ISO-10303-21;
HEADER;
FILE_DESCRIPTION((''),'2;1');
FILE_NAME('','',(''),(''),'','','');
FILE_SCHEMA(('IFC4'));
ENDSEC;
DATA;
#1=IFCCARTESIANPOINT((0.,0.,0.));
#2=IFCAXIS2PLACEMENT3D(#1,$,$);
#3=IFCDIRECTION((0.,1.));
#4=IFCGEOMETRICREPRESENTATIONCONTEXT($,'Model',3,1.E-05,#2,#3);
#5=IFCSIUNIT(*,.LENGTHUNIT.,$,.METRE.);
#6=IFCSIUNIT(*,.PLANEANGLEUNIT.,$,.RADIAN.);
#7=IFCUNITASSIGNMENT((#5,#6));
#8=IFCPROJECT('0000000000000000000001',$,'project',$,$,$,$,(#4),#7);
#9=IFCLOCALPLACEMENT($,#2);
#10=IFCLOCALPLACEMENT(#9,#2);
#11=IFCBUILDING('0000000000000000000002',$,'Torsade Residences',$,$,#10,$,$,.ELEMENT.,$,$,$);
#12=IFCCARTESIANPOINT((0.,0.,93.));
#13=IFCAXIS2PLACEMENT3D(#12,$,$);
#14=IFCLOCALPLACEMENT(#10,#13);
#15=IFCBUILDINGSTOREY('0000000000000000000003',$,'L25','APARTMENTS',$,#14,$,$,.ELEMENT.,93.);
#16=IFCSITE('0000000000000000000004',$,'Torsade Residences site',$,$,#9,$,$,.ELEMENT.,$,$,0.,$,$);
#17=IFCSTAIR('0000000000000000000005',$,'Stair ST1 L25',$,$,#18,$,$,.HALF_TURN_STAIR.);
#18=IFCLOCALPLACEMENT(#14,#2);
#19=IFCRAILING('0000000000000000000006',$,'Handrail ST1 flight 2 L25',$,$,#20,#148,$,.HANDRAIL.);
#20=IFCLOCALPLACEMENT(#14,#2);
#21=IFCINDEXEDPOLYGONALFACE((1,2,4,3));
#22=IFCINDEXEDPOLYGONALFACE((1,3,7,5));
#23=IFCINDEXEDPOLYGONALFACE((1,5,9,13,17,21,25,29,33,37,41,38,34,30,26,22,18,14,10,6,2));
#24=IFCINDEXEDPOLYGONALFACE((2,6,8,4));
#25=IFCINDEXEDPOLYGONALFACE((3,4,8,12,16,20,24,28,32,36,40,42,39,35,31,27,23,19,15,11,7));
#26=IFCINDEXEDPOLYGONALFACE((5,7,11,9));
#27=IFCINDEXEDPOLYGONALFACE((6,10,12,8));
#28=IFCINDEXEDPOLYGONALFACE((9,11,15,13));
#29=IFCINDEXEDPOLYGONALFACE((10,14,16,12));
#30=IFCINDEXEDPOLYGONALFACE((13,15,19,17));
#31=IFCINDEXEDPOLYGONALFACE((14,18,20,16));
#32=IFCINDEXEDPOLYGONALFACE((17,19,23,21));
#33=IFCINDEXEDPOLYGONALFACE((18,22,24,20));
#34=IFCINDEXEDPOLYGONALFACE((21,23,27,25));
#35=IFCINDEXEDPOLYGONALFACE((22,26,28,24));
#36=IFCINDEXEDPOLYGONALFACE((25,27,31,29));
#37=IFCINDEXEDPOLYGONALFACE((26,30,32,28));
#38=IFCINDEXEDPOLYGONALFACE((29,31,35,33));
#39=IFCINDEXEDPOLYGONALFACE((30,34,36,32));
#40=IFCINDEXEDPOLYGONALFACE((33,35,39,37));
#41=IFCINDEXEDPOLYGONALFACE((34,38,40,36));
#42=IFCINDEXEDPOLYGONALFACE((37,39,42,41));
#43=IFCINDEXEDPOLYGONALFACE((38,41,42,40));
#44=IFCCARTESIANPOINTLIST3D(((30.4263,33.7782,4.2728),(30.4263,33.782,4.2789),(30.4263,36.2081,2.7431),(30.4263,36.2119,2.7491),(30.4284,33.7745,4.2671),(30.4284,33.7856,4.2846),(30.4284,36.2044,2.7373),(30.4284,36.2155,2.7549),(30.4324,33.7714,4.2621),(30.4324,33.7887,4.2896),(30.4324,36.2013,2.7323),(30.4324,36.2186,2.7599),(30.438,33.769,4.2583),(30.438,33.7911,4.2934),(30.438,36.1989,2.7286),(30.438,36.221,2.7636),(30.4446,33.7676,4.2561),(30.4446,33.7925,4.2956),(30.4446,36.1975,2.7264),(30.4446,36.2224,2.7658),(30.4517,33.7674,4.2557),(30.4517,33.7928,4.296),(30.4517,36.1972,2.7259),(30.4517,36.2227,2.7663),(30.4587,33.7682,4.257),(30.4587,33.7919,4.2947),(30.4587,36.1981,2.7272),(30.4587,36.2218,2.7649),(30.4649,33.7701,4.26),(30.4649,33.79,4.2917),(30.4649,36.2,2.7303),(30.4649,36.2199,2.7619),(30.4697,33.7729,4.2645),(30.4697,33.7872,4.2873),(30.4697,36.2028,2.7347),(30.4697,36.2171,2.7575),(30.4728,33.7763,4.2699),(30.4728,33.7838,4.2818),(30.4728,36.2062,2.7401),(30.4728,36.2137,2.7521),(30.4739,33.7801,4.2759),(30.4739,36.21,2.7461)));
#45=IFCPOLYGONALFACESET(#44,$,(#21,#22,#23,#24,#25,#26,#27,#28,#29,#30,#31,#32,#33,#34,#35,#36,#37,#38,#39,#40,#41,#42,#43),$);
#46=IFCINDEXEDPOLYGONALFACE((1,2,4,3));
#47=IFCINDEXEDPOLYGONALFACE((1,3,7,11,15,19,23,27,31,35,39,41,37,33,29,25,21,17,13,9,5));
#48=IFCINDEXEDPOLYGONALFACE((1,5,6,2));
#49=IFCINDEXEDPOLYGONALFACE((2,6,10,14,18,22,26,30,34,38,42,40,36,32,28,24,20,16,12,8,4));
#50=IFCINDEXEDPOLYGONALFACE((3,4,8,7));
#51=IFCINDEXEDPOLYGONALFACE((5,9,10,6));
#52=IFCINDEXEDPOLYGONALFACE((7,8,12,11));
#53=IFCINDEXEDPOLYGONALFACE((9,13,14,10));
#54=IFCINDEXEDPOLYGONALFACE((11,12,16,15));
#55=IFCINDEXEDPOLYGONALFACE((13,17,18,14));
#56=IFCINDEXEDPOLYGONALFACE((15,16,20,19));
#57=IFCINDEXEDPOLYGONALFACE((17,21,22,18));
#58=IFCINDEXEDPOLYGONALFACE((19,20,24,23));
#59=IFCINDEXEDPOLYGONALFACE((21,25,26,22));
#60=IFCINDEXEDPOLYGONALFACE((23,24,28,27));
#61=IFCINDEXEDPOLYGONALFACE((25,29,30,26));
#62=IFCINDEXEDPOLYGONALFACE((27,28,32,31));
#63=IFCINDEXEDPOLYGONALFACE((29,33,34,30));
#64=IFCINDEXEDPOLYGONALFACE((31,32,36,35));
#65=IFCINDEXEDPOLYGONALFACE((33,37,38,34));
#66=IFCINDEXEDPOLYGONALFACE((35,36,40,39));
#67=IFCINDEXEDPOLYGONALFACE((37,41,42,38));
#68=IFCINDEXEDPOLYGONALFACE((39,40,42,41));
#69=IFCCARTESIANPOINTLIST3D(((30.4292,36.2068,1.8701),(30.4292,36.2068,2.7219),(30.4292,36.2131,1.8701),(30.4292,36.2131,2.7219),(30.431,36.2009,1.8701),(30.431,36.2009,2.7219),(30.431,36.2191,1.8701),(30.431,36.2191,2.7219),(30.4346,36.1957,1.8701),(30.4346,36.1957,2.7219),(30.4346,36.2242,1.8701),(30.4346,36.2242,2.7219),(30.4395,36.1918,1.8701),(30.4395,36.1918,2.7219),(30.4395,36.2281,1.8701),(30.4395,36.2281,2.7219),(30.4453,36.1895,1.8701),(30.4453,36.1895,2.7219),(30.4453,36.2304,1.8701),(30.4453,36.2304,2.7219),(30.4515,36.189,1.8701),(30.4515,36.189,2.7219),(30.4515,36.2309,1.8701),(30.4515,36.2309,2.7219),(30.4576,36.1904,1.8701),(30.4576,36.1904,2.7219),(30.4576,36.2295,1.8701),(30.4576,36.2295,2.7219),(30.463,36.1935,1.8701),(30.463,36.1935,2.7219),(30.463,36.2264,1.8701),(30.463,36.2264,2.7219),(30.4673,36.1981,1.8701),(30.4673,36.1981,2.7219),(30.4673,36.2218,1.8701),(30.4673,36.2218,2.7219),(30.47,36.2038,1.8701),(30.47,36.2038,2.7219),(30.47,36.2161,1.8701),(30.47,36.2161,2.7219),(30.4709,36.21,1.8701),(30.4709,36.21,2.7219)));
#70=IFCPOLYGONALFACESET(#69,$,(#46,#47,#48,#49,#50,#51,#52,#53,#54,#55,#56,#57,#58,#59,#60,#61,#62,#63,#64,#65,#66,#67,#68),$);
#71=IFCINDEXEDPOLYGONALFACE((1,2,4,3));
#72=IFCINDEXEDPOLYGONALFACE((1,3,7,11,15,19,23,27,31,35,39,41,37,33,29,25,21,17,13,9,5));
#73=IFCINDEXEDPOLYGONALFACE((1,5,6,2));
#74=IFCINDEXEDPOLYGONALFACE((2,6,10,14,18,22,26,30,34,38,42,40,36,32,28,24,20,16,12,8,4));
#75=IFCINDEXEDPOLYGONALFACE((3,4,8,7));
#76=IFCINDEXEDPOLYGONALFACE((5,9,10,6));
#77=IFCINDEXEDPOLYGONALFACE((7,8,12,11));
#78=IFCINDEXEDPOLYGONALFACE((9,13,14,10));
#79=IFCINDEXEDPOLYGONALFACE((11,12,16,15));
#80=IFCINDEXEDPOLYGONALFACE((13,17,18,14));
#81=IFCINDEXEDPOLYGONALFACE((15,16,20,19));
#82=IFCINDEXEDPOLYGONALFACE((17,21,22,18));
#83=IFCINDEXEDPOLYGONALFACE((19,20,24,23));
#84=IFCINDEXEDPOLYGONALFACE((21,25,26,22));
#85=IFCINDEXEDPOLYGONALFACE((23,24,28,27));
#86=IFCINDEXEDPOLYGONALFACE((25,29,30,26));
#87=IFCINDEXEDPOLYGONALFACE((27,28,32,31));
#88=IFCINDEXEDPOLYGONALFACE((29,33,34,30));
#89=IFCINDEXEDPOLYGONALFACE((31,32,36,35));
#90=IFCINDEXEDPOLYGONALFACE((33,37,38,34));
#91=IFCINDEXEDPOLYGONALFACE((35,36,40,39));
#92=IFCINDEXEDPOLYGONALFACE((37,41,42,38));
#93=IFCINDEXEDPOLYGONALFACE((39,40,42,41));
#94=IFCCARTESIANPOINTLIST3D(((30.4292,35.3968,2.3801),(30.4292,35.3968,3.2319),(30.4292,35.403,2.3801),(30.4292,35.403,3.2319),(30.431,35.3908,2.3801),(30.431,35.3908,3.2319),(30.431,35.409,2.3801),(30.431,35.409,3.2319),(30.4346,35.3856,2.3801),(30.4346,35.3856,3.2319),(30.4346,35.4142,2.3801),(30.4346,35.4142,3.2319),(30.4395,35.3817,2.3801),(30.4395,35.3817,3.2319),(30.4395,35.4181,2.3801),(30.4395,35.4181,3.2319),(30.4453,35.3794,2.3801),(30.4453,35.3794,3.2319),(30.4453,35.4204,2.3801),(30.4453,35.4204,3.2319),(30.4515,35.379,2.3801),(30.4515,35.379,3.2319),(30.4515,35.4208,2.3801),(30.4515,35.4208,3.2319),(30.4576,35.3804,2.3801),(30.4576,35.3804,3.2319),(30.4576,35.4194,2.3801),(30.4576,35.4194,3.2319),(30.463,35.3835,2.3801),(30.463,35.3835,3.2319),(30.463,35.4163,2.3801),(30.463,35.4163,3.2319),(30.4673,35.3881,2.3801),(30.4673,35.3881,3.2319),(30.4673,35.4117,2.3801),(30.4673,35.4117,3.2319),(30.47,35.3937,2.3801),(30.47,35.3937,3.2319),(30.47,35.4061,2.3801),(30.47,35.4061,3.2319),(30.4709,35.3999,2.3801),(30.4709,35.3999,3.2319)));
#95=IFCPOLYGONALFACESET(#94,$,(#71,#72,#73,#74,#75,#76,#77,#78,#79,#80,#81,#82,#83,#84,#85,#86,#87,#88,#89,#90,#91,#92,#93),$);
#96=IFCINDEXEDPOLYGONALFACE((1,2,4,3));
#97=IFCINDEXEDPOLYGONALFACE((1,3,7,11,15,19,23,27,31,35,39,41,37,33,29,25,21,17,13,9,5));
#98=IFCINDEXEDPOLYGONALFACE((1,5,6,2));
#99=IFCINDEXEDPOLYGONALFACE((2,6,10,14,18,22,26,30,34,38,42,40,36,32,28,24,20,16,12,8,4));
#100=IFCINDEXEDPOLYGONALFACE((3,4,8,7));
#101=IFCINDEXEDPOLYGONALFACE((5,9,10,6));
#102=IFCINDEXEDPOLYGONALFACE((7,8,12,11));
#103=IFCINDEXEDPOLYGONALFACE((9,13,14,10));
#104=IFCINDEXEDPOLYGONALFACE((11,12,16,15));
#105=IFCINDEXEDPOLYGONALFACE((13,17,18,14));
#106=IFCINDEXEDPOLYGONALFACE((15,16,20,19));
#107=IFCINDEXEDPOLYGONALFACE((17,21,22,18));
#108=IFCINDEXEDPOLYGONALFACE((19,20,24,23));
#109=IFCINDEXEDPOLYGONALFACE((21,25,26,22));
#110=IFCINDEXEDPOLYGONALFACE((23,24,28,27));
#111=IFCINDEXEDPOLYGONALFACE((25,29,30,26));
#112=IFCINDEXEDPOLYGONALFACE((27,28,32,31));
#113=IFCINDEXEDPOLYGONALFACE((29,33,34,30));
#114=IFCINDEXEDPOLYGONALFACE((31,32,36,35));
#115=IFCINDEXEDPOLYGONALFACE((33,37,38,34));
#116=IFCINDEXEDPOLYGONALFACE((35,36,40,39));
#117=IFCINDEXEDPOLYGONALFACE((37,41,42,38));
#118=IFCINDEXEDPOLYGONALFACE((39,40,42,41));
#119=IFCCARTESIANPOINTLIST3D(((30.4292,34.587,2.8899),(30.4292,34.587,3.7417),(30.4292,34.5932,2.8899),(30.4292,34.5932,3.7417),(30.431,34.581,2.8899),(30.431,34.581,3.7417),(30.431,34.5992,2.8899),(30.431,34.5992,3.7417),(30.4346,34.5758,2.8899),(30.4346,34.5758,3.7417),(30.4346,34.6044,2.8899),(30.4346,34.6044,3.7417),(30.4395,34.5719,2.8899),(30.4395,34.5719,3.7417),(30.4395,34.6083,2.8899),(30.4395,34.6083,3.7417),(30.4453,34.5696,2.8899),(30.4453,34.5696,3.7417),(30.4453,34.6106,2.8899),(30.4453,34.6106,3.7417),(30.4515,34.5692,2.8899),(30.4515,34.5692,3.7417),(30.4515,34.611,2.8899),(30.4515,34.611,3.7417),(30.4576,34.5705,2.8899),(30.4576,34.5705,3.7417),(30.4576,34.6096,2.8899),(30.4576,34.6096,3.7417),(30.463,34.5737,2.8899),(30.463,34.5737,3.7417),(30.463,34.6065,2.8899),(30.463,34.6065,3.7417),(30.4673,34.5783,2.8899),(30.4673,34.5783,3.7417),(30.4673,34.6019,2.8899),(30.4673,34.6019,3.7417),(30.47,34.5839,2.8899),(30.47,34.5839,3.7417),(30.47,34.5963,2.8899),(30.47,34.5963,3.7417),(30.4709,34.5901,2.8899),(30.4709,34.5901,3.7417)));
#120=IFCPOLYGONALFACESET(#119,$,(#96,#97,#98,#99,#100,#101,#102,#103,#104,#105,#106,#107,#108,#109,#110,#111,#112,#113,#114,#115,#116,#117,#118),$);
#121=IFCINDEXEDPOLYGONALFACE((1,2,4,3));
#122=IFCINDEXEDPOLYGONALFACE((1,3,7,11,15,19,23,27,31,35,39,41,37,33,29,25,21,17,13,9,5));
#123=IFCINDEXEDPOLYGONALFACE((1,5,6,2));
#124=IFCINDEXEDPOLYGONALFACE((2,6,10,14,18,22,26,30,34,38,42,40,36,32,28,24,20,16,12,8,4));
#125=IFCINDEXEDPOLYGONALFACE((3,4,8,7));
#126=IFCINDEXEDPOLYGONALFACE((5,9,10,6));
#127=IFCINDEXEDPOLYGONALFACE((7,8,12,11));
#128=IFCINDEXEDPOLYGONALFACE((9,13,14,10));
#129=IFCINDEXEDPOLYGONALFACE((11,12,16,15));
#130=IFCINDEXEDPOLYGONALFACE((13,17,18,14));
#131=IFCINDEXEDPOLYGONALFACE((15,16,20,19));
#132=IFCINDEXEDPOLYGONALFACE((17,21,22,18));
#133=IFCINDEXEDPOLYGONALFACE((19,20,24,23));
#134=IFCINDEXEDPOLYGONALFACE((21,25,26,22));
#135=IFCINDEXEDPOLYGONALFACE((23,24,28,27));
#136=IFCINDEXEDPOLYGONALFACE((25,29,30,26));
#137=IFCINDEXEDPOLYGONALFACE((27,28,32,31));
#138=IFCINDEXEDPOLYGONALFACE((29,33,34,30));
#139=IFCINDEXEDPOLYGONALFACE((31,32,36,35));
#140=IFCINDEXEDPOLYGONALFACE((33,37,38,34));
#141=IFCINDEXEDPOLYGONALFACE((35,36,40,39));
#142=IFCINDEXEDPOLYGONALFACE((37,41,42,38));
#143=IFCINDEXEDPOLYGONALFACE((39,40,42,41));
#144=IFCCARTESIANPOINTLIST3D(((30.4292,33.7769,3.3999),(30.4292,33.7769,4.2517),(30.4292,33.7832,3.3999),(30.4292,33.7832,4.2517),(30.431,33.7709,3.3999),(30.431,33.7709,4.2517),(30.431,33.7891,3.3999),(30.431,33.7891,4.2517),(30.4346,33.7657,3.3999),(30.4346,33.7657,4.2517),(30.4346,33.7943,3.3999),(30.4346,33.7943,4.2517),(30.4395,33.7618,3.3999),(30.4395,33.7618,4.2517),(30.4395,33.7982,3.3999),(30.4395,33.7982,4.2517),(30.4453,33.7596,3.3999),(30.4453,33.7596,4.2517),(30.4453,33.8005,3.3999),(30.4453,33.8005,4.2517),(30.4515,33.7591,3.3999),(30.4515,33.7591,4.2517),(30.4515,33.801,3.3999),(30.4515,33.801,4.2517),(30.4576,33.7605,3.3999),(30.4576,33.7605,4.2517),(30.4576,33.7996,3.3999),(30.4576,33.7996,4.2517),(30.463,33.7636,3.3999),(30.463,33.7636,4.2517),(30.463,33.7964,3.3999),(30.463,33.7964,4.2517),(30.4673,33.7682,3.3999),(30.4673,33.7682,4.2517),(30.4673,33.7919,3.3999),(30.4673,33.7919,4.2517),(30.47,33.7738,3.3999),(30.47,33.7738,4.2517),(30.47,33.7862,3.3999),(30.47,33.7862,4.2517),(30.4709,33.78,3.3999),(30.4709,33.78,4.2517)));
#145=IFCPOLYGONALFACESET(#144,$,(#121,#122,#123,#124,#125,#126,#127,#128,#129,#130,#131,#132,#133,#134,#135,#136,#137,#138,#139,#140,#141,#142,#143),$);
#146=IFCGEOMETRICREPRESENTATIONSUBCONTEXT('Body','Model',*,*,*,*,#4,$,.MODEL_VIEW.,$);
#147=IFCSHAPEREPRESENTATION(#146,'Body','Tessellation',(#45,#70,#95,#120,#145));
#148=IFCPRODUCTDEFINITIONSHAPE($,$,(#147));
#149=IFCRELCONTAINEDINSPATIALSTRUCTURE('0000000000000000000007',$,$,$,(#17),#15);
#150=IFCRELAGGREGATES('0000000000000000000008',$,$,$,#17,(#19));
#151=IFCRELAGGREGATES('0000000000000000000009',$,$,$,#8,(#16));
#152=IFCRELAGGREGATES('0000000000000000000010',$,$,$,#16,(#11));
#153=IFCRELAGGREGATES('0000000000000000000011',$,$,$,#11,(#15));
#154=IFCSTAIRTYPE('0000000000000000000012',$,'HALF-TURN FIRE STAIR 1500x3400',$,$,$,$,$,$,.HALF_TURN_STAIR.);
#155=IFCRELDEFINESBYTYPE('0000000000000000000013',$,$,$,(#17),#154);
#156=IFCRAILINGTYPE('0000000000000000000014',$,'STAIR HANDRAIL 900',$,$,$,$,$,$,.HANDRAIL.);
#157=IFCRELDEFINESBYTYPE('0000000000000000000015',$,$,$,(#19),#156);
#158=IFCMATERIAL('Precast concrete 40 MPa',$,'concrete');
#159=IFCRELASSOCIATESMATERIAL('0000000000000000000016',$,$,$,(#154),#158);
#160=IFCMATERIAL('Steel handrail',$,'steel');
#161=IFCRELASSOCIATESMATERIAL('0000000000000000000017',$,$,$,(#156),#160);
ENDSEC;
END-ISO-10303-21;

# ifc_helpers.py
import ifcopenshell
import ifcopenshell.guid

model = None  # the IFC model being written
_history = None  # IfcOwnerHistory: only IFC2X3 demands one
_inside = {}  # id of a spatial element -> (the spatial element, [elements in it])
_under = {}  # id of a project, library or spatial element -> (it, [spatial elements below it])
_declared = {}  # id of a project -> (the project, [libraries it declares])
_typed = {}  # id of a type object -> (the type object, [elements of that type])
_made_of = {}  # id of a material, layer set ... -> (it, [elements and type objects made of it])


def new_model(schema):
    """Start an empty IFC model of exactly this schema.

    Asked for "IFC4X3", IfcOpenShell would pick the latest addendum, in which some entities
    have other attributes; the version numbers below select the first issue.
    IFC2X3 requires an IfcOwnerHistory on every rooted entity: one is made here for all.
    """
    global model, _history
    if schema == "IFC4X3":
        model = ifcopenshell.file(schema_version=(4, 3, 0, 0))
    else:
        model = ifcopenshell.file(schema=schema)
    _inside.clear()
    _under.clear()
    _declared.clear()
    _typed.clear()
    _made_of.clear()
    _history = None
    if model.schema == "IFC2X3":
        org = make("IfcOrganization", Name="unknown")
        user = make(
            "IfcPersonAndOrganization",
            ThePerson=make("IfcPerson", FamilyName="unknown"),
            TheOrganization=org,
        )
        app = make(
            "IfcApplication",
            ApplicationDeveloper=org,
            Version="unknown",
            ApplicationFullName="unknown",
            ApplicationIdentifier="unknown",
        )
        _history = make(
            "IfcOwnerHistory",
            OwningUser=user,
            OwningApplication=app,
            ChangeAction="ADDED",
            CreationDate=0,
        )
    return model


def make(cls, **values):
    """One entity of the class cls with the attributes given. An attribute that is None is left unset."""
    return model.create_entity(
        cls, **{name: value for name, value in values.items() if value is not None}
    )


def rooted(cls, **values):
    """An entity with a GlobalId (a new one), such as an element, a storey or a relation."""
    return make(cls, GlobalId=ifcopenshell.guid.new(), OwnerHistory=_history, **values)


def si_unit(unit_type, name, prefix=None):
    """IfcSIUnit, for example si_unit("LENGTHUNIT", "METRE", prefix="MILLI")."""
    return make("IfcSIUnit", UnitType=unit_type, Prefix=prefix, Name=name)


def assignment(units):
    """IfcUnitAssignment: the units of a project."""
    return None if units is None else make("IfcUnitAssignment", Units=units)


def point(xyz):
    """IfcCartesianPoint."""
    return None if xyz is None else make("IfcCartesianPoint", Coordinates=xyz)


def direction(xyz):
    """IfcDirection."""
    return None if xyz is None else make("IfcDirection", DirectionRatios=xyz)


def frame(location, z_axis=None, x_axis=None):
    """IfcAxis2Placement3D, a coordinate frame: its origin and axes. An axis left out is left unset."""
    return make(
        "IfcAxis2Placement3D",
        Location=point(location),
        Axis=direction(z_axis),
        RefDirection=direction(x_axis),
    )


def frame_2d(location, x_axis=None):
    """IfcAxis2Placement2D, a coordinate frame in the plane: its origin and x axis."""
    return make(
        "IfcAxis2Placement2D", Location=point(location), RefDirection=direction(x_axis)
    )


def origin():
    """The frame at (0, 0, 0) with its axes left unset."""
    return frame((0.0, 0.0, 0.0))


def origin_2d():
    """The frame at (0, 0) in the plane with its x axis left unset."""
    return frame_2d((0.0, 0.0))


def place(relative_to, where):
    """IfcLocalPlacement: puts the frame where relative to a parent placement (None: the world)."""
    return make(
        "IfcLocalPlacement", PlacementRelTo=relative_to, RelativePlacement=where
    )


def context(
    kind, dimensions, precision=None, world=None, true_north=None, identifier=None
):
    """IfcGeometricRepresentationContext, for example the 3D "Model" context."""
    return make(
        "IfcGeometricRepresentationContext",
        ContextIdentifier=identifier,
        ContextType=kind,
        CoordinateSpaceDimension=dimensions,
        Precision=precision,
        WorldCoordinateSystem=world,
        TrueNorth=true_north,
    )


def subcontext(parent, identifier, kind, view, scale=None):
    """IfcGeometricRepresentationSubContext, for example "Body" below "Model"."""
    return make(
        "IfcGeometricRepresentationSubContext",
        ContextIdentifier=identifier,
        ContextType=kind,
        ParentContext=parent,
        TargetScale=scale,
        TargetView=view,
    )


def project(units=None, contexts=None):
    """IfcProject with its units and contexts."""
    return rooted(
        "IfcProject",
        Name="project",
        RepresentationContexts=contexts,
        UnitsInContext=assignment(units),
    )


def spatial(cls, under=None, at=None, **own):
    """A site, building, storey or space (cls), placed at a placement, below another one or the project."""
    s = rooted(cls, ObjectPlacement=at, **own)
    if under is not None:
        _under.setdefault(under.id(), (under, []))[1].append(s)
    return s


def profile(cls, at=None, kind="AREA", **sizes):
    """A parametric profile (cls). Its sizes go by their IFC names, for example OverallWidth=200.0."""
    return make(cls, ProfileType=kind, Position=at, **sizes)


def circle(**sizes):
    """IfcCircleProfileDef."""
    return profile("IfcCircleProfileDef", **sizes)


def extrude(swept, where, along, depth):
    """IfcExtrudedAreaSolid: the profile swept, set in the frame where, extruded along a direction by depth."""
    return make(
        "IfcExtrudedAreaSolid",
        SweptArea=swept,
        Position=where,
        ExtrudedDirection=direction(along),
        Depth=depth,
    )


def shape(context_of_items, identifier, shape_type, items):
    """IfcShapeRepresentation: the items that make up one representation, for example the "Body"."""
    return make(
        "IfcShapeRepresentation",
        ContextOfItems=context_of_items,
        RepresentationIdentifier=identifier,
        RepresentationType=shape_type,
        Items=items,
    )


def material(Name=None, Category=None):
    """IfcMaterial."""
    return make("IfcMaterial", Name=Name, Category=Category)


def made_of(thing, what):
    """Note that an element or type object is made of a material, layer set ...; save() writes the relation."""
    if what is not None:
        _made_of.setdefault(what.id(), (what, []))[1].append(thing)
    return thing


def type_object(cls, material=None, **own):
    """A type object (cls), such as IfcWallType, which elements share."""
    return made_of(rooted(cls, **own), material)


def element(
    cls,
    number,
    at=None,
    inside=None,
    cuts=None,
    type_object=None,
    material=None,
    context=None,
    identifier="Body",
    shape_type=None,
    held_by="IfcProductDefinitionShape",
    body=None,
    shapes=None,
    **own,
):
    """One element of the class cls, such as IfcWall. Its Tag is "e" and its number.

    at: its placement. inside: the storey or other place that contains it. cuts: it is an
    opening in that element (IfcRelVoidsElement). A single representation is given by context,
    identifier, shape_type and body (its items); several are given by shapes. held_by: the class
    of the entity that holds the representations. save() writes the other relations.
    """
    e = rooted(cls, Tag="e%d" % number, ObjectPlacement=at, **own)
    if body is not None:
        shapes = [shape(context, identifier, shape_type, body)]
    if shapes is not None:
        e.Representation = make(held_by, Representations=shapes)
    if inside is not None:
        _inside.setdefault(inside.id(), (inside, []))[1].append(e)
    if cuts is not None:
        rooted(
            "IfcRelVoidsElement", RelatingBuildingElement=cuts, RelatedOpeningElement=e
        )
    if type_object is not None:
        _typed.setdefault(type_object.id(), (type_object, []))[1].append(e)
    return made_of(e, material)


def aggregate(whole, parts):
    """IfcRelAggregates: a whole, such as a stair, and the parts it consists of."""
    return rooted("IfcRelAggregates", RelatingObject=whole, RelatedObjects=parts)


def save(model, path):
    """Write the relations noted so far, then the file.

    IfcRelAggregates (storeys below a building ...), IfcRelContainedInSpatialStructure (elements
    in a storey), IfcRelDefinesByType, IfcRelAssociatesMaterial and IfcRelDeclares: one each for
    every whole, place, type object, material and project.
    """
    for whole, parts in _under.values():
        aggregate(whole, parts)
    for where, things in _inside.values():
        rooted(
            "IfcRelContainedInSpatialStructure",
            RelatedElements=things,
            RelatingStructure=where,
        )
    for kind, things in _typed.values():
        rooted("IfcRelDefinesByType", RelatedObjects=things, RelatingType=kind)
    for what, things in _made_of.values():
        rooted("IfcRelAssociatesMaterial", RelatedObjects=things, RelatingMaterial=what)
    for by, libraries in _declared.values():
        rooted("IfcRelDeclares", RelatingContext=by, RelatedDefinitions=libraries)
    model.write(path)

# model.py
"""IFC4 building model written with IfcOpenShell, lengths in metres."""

from ifc_helpers import new_model, si_unit, direction, frame, origin, origin_2d, place, context, subcontext, project, spatial, circle, extrude, material, type_object, element, aggregate, save


model = new_model("IFC4")

# Units and contexts
model_context = context("Model", 3, precision=1e-05, world=origin(), true_north=direction((0.0, 1.0)))
body_context = subcontext(model_context, "Body", "Model", "MODEL_VIEW")
ifc_project = project(units=[si_unit("LENGTHUNIT", "METRE"), si_unit("PLANEANGLEUNIT", "RADIAN")], contexts=[model_context])

# Site, building, storey
site_placement = place(None, origin())
site = spatial("IfcSite", under=ifc_project, at=site_placement, Name="Torsade Residences site", CompositionType="ELEMENT", RefElevation=0.0)
building_placement = place(site_placement, origin())
building = spatial("IfcBuilding", under=site, at=building_placement, Name="Torsade Residences", CompositionType="ELEMENT")
storey_placement = place(building_placement, frame((0.0, 0.0, 93.0)))
storey = spatial("IfcBuildingStorey", under=building, at=storey_placement, Name="L25", Description="APARTMENTS", CompositionType="ELEMENT", Elevation=93.0)

# Stair, railing
ifc_material_1 = material(Name="Precast concrete 40 MPa", Category="concrete")
stair_type = type_object("IfcStairType", Name="HALF-TURN FIRE STAIR 1500x3400", PredefinedType="HALF_TURN_STAIR", material=ifc_material_1)
stair_placement = place(storey_placement, origin())
stair = element("IfcStair", 1, at=stair_placement, inside=storey, type_object=stair_type, Name="Stair ST1 L25", PredefinedType="HALF_TURN_STAIR")
ifc_material_2 = material(Name="Steel handrail", Category="steel")
railing_type = type_object("IfcRailingType", Name="STAIR HANDRAIL 900", PredefinedType="HANDRAIL", material=ifc_material_2)
railing_1_placement = place(storey_placement, frame((30.45, 36.21, 1.8701)))
railing_1 = element("IfcRailing", 2, at=railing_1_placement, type_object=railing_type, Name="Handrail ST1 flight 2 L25", PredefinedType="HANDRAIL", context=body_context, shape_type="SweptSolid", body=[
    extrude(circle(Radius=0.0239, at=origin_2d()), frame((0.0, 0.0, 0.876), z_axis=(0.0, -0.84626, 0.53277), x_axis=(1.0, 0.0, 0.0)), (0.0, 0.0, 1.0), 2.8713),
    extrude(circle(Radius=0.021, at=origin_2d()), origin(), (0.0, 0.0, 1.0), 0.8518),
    extrude(circle(Radius=0.021, at=origin_2d()), frame((0.0, -0.8101, 0.51)), (0.0, 0.0, 1.0), 0.8518),
    extrude(circle(Radius=0.021, at=origin_2d()), frame((0.0, -1.6199, 1.0198)), (0.0, 0.0, 1.0), 0.8518),
    extrude(circle(Radius=0.021, at=origin_2d()), frame((0.0, -2.4299, 1.5298)), (0.0, 0.0, 1.0), 0.8518),
])
aggregate(stair, [railing_1])

save(model, "model.ifc")
